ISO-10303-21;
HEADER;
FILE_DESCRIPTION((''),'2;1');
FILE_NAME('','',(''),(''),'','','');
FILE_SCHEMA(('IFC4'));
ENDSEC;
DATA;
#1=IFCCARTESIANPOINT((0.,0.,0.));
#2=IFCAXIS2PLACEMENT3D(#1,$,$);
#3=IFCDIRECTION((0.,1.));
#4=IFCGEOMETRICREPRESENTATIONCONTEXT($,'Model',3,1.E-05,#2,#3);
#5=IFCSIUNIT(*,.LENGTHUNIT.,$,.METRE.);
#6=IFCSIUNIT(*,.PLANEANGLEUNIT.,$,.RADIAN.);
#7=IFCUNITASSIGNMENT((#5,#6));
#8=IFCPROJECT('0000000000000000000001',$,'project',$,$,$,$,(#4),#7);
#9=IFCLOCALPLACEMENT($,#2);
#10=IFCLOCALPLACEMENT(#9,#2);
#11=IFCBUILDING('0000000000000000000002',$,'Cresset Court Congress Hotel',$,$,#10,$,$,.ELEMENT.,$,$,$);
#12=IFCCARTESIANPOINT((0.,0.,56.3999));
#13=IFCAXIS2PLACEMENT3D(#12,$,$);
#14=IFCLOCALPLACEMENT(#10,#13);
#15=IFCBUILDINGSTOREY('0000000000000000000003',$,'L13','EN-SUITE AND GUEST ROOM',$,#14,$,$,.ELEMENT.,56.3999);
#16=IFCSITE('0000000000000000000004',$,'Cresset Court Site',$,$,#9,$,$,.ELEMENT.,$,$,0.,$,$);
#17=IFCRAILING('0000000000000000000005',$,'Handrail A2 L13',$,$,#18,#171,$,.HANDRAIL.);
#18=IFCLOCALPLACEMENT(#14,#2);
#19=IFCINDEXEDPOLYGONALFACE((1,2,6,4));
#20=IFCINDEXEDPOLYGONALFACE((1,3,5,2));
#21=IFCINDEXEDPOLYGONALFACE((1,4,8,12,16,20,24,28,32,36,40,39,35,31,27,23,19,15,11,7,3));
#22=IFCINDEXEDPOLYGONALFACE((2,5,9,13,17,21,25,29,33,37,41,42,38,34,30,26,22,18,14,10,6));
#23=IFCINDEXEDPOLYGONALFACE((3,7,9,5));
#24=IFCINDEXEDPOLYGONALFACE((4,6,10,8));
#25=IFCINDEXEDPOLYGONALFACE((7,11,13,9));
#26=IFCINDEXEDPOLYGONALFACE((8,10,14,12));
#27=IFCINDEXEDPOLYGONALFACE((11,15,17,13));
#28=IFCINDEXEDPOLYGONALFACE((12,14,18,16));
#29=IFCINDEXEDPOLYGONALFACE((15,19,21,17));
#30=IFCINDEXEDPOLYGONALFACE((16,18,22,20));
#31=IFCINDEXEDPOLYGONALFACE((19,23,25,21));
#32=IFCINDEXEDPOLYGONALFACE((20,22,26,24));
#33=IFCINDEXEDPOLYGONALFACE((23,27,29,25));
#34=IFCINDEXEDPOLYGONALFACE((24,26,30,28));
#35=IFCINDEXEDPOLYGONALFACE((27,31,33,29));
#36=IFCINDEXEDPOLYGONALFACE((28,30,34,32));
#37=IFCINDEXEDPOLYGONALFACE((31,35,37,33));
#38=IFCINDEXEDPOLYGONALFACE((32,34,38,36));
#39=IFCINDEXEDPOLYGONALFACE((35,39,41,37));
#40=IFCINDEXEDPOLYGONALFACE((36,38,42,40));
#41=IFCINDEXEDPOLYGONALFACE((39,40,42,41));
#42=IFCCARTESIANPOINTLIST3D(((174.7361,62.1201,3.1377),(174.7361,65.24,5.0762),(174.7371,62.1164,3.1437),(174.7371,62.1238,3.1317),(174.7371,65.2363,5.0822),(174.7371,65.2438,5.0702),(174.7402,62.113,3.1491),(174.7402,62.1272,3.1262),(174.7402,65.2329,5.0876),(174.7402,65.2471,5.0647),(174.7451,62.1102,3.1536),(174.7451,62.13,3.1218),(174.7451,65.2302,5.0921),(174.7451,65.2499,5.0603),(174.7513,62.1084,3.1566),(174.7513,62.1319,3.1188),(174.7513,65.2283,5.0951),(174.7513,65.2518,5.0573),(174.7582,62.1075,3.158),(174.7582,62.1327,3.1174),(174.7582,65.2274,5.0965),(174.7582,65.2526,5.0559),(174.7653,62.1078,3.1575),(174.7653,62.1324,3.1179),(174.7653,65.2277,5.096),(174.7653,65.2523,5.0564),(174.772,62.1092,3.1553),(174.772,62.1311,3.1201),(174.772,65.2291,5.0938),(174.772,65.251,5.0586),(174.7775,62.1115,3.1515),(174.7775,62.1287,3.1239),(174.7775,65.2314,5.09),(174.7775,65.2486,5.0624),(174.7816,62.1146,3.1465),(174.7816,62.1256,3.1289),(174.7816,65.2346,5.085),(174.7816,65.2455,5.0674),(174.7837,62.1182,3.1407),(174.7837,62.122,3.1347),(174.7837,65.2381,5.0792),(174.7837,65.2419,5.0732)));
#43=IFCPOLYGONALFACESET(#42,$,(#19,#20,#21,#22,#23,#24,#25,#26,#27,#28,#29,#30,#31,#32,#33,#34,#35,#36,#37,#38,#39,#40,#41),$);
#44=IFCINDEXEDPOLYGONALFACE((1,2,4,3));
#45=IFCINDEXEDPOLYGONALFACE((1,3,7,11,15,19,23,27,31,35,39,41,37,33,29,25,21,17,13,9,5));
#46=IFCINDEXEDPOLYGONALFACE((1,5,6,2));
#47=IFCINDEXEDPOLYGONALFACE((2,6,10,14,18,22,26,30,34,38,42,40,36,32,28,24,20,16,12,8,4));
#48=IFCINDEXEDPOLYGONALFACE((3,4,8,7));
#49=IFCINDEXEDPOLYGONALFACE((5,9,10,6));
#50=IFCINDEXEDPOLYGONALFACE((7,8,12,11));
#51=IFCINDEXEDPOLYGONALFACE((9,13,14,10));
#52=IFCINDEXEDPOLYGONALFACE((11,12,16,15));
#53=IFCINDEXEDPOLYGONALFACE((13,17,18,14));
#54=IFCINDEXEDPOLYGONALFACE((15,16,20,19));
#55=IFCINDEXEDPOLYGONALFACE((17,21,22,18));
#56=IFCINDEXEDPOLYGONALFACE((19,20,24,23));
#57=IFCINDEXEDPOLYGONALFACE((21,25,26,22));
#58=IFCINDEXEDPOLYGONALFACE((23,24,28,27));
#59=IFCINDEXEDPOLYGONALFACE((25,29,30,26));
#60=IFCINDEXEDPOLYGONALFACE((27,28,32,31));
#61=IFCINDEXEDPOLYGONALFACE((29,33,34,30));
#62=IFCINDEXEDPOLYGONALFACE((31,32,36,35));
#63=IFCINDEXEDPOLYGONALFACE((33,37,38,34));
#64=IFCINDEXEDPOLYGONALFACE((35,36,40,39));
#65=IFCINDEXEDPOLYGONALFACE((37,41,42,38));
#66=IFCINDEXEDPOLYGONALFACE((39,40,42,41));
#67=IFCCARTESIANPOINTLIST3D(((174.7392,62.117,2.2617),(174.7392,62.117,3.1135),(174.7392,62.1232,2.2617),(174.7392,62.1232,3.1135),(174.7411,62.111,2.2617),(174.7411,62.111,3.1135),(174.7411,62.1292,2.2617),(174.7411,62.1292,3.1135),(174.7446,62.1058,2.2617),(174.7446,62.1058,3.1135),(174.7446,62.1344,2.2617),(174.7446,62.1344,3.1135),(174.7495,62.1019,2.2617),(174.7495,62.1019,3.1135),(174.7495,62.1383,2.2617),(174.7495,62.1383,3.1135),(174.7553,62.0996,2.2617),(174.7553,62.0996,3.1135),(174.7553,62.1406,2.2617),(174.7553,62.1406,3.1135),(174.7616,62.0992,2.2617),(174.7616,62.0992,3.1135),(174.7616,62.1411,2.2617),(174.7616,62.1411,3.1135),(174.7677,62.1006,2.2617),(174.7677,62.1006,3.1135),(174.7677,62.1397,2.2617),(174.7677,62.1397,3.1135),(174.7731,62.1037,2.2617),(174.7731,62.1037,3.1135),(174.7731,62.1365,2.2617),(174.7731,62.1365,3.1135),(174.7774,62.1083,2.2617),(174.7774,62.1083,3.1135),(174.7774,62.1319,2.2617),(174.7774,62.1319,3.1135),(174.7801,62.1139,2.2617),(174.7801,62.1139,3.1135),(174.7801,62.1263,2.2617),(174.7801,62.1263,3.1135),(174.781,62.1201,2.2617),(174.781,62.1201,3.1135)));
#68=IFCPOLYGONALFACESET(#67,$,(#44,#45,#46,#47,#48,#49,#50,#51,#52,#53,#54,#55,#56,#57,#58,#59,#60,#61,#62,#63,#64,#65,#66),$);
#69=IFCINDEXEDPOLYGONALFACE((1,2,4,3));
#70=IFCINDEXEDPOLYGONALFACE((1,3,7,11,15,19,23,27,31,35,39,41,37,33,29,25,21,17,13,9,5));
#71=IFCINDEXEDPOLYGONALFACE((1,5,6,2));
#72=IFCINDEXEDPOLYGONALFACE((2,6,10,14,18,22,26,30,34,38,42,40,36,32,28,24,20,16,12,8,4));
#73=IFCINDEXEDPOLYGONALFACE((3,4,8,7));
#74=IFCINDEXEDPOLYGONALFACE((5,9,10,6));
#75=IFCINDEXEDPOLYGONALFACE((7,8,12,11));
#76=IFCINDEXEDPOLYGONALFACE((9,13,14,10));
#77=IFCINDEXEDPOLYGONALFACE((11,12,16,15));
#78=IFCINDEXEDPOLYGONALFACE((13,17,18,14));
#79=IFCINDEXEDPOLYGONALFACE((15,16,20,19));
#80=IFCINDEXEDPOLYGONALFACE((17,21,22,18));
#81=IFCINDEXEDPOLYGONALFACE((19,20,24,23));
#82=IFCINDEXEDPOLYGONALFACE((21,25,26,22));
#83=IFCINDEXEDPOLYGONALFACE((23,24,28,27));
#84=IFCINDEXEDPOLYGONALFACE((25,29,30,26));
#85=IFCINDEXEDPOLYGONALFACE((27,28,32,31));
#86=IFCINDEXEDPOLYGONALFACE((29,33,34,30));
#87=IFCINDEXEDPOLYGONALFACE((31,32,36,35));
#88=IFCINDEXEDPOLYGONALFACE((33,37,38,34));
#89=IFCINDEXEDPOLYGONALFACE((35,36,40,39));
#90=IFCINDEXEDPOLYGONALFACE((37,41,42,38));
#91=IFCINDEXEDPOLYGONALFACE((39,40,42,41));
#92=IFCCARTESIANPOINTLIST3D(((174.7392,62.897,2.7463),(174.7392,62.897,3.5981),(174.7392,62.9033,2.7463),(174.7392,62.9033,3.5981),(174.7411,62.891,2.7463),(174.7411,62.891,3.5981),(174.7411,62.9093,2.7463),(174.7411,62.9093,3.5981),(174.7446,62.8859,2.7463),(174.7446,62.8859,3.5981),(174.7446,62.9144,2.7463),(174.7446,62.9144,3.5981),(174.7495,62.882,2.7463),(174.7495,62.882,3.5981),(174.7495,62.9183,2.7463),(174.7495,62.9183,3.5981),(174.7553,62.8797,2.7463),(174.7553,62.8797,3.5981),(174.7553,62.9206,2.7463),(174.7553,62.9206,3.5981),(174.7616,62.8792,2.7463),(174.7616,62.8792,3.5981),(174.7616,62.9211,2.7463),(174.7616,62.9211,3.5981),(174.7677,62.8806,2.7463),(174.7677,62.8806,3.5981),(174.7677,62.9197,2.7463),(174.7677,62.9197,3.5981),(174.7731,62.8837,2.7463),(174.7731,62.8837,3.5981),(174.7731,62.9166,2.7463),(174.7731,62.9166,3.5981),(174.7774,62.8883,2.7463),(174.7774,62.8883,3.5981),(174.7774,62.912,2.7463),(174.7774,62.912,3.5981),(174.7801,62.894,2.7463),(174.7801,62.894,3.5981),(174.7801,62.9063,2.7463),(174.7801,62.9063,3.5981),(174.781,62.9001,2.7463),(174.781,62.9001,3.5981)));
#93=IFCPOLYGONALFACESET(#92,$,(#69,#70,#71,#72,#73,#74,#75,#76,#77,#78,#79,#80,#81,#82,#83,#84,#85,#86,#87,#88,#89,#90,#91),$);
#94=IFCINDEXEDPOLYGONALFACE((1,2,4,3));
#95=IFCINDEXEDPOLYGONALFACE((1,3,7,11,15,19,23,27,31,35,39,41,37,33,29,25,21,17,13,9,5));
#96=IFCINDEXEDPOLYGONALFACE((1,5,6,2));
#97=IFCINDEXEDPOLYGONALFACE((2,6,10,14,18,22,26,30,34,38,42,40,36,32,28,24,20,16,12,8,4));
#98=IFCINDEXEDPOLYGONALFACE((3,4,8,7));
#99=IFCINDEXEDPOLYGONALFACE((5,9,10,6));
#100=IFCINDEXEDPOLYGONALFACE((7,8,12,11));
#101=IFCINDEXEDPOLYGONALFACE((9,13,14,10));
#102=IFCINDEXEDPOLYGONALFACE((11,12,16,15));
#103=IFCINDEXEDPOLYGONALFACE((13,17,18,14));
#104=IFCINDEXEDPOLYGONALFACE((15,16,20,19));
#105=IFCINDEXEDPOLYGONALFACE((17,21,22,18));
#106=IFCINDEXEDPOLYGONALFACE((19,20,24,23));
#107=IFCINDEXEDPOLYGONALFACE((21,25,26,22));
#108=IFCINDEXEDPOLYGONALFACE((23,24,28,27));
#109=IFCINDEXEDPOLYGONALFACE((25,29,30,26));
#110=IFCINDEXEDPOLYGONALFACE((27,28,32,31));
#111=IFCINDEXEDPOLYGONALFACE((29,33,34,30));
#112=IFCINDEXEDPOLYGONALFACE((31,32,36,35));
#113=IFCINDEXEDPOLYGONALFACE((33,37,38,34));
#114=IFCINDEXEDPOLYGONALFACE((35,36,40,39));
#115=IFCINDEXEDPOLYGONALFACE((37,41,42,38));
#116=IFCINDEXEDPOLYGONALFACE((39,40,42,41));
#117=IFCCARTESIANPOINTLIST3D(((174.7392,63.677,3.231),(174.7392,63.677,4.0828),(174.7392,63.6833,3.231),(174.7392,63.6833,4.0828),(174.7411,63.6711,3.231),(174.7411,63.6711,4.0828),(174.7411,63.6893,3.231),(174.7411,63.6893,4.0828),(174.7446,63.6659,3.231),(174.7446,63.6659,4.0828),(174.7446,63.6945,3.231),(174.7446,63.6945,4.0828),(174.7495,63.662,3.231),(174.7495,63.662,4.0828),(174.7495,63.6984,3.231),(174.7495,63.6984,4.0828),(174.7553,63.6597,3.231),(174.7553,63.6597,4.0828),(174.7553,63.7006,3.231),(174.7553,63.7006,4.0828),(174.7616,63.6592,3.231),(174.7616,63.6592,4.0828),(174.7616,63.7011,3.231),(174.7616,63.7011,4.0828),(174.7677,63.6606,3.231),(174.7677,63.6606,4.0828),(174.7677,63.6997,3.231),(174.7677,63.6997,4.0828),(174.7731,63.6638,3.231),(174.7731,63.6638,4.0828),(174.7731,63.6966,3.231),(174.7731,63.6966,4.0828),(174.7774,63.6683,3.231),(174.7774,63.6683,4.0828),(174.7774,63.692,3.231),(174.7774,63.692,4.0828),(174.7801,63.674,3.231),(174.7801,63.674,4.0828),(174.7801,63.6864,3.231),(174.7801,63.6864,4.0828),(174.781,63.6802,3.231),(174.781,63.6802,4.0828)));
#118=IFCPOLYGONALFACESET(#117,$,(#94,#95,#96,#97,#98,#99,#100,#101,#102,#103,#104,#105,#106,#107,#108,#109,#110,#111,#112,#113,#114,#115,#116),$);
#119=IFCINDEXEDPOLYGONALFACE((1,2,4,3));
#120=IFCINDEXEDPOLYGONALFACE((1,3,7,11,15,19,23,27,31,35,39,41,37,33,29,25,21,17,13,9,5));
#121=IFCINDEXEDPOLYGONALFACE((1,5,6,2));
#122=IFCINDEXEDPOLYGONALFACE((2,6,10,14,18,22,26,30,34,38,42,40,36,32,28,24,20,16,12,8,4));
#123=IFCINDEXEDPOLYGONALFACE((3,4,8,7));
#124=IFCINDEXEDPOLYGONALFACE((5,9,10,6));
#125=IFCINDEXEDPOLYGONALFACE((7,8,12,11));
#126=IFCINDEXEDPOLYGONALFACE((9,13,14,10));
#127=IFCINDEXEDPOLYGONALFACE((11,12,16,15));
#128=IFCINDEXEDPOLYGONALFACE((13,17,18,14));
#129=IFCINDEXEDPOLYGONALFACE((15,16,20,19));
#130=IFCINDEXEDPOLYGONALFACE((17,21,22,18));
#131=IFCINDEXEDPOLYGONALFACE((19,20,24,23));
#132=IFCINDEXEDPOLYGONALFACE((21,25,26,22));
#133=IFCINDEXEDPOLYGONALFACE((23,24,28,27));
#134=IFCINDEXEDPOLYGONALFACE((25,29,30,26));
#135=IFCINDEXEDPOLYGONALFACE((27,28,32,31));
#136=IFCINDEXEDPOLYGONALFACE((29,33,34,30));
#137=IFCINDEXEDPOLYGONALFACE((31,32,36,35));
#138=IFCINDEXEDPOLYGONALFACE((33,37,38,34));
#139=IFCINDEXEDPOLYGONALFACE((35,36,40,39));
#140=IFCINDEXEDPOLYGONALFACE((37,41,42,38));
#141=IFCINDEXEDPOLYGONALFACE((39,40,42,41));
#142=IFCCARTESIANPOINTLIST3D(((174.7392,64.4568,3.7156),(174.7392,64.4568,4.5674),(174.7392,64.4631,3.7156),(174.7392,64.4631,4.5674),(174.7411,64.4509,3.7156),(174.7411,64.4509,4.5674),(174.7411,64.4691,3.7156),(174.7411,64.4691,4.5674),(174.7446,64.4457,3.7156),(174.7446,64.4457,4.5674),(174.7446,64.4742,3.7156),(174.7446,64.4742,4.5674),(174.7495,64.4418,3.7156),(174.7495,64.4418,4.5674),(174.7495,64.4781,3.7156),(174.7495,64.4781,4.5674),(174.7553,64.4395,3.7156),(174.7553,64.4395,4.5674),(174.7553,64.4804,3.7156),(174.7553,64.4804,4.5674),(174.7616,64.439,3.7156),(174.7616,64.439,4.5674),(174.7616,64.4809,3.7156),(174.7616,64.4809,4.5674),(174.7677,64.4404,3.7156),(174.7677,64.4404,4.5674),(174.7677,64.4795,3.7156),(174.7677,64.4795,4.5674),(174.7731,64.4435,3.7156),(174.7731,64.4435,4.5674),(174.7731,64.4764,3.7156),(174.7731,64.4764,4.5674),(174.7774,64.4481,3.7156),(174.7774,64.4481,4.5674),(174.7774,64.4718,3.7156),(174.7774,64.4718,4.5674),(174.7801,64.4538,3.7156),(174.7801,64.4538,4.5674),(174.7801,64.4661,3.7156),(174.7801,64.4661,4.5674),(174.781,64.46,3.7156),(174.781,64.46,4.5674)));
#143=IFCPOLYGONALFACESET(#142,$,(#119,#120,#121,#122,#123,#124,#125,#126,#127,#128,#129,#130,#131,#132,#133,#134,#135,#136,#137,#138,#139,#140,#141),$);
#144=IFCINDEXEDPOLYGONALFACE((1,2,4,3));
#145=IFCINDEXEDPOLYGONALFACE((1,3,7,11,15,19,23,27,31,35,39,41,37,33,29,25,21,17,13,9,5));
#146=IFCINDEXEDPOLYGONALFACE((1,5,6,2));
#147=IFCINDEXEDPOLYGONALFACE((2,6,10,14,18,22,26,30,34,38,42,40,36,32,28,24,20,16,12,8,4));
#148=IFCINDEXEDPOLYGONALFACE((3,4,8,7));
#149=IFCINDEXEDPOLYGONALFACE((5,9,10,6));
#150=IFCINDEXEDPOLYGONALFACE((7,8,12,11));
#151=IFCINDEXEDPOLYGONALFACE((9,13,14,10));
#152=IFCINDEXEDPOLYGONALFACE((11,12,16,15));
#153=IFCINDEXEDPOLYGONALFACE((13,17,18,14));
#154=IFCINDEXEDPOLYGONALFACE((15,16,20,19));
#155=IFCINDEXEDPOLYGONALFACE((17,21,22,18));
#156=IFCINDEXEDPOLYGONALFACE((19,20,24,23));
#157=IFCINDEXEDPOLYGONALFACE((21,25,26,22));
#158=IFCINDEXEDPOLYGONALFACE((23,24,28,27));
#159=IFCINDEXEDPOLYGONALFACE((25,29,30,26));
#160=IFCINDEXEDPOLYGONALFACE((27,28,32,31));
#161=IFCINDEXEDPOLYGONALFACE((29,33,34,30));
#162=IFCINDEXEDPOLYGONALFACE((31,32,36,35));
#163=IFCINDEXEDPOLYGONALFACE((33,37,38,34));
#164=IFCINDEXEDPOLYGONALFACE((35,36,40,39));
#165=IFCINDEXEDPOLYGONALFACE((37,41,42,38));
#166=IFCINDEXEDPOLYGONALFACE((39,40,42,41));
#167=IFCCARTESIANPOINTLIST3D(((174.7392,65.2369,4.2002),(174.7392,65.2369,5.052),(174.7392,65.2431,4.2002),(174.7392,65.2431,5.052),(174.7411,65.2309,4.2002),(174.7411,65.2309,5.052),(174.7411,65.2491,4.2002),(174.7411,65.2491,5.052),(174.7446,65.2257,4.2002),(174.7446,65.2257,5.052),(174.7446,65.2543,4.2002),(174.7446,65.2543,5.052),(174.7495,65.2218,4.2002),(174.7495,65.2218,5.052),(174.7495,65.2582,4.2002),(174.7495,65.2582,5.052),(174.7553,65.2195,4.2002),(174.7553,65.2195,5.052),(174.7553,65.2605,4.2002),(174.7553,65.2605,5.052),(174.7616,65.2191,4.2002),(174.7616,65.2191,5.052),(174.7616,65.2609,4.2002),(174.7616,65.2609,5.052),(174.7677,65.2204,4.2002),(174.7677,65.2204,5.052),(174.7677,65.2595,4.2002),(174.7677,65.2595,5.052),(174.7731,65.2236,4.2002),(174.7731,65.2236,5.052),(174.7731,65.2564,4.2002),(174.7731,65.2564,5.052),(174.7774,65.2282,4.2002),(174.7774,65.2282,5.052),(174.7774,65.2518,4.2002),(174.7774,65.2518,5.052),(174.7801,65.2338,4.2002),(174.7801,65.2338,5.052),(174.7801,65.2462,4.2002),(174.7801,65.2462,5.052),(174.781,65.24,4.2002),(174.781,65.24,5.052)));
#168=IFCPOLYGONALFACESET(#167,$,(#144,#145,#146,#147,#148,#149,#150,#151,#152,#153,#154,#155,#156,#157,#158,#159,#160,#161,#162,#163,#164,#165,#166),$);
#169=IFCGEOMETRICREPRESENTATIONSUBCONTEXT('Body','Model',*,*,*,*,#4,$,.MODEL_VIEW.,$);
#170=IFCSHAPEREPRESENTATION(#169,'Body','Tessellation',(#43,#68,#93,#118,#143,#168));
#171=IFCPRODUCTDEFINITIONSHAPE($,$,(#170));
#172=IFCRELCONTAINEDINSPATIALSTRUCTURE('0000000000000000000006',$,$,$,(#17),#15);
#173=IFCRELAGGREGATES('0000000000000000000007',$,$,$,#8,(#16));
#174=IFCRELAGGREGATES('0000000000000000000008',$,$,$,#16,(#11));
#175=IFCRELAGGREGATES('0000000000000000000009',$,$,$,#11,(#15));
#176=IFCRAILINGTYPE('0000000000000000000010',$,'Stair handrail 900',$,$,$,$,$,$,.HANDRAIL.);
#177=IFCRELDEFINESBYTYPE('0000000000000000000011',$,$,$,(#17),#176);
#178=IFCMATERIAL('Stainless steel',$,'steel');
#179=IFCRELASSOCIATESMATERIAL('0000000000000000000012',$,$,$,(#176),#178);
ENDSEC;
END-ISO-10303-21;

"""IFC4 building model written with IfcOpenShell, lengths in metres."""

from ifc_helpers import new_model, si_unit, direction, frame, origin, origin_2d, place, context, subcontext, project, spatial, circle, extrude, material, type_object, element, save


model = new_model("IFC4")

# Units and contexts
model_context = context("Model", 3, precision=1e-05, world=origin(), true_north=direction((0.0, 1.0)))
body_context = subcontext(model_context, "Body", "Model", "MODEL_VIEW")
ifc_project = project(units=[si_unit("LENGTHUNIT", "METRE"), si_unit("PLANEANGLEUNIT", "RADIAN")], contexts=[model_context])

# Site, building, storey
site_placement = place(None, origin())
site = spatial("IfcSite", under=ifc_project, at=site_placement, Name="Cresset Court Site", CompositionType="ELEMENT", RefElevation=0.0)
building_placement = place(site_placement, origin())
building = spatial("IfcBuilding", under=site, at=building_placement, Name="Cresset Court Congress Hotel", CompositionType="ELEMENT")
storey_placement = place(building_placement, frame((0.0, 0.0, 56.3999)))
storey = spatial("IfcBuildingStorey", under=building, at=storey_placement, Name="L13", Description="EN-SUITE AND GUEST ROOM", CompositionType="ELEMENT", Elevation=56.3999)

# Railing
ifc_material_1 = material(Name="Stainless steel", Category="steel")
railing_type_1 = type_object("IfcRailingType", Name="Stair handrail 900", PredefinedType="HANDRAIL", material=ifc_material_1)
for number, where, name in (
    (1, (174.76, 62.1201, 2.2617), "Handrail A2 L13"),
):
    element("IfcRailing", number, at=place(storey_placement, frame(where)), inside=storey, type_object=railing_type_1, Name=name, PredefinedType="HANDRAIL", context=body_context, shape_type="SweptSolid", body=[
        extrude(circle(Radius=0.0239, at=origin_2d()), frame((0.0, 0.0, 0.876), z_axis=(0.0, 0.849396, 0.527757), x_axis=(-1.0, 0.0, 0.0)), (0.0, 0.0, 1.0), 3.6731),
        extrude(circle(Radius=0.021, at=origin_2d()), origin(), (0.0, 0.0, 1.0), 0.8518),
        extrude(circle(Radius=0.021, at=origin_2d()), frame((0.0, 0.78, 0.4846)), (0.0, 0.0, 1.0), 0.8518),
        extrude(circle(Radius=0.021, at=origin_2d()), frame((0.0, 1.5601, 0.9692)), (0.0, 0.0, 1.0), 0.8518),
        extrude(circle(Radius=0.021, at=origin_2d()), frame((0.0, 2.3398, 1.4539)), (0.0, 0.0, 1.0), 0.8518),
        extrude(circle(Radius=0.021, at=origin_2d()), frame((0.0, 3.1199, 1.9385)), (0.0, 0.0, 1.0), 0.8518),
    ])

save(model, "model.ifc")
